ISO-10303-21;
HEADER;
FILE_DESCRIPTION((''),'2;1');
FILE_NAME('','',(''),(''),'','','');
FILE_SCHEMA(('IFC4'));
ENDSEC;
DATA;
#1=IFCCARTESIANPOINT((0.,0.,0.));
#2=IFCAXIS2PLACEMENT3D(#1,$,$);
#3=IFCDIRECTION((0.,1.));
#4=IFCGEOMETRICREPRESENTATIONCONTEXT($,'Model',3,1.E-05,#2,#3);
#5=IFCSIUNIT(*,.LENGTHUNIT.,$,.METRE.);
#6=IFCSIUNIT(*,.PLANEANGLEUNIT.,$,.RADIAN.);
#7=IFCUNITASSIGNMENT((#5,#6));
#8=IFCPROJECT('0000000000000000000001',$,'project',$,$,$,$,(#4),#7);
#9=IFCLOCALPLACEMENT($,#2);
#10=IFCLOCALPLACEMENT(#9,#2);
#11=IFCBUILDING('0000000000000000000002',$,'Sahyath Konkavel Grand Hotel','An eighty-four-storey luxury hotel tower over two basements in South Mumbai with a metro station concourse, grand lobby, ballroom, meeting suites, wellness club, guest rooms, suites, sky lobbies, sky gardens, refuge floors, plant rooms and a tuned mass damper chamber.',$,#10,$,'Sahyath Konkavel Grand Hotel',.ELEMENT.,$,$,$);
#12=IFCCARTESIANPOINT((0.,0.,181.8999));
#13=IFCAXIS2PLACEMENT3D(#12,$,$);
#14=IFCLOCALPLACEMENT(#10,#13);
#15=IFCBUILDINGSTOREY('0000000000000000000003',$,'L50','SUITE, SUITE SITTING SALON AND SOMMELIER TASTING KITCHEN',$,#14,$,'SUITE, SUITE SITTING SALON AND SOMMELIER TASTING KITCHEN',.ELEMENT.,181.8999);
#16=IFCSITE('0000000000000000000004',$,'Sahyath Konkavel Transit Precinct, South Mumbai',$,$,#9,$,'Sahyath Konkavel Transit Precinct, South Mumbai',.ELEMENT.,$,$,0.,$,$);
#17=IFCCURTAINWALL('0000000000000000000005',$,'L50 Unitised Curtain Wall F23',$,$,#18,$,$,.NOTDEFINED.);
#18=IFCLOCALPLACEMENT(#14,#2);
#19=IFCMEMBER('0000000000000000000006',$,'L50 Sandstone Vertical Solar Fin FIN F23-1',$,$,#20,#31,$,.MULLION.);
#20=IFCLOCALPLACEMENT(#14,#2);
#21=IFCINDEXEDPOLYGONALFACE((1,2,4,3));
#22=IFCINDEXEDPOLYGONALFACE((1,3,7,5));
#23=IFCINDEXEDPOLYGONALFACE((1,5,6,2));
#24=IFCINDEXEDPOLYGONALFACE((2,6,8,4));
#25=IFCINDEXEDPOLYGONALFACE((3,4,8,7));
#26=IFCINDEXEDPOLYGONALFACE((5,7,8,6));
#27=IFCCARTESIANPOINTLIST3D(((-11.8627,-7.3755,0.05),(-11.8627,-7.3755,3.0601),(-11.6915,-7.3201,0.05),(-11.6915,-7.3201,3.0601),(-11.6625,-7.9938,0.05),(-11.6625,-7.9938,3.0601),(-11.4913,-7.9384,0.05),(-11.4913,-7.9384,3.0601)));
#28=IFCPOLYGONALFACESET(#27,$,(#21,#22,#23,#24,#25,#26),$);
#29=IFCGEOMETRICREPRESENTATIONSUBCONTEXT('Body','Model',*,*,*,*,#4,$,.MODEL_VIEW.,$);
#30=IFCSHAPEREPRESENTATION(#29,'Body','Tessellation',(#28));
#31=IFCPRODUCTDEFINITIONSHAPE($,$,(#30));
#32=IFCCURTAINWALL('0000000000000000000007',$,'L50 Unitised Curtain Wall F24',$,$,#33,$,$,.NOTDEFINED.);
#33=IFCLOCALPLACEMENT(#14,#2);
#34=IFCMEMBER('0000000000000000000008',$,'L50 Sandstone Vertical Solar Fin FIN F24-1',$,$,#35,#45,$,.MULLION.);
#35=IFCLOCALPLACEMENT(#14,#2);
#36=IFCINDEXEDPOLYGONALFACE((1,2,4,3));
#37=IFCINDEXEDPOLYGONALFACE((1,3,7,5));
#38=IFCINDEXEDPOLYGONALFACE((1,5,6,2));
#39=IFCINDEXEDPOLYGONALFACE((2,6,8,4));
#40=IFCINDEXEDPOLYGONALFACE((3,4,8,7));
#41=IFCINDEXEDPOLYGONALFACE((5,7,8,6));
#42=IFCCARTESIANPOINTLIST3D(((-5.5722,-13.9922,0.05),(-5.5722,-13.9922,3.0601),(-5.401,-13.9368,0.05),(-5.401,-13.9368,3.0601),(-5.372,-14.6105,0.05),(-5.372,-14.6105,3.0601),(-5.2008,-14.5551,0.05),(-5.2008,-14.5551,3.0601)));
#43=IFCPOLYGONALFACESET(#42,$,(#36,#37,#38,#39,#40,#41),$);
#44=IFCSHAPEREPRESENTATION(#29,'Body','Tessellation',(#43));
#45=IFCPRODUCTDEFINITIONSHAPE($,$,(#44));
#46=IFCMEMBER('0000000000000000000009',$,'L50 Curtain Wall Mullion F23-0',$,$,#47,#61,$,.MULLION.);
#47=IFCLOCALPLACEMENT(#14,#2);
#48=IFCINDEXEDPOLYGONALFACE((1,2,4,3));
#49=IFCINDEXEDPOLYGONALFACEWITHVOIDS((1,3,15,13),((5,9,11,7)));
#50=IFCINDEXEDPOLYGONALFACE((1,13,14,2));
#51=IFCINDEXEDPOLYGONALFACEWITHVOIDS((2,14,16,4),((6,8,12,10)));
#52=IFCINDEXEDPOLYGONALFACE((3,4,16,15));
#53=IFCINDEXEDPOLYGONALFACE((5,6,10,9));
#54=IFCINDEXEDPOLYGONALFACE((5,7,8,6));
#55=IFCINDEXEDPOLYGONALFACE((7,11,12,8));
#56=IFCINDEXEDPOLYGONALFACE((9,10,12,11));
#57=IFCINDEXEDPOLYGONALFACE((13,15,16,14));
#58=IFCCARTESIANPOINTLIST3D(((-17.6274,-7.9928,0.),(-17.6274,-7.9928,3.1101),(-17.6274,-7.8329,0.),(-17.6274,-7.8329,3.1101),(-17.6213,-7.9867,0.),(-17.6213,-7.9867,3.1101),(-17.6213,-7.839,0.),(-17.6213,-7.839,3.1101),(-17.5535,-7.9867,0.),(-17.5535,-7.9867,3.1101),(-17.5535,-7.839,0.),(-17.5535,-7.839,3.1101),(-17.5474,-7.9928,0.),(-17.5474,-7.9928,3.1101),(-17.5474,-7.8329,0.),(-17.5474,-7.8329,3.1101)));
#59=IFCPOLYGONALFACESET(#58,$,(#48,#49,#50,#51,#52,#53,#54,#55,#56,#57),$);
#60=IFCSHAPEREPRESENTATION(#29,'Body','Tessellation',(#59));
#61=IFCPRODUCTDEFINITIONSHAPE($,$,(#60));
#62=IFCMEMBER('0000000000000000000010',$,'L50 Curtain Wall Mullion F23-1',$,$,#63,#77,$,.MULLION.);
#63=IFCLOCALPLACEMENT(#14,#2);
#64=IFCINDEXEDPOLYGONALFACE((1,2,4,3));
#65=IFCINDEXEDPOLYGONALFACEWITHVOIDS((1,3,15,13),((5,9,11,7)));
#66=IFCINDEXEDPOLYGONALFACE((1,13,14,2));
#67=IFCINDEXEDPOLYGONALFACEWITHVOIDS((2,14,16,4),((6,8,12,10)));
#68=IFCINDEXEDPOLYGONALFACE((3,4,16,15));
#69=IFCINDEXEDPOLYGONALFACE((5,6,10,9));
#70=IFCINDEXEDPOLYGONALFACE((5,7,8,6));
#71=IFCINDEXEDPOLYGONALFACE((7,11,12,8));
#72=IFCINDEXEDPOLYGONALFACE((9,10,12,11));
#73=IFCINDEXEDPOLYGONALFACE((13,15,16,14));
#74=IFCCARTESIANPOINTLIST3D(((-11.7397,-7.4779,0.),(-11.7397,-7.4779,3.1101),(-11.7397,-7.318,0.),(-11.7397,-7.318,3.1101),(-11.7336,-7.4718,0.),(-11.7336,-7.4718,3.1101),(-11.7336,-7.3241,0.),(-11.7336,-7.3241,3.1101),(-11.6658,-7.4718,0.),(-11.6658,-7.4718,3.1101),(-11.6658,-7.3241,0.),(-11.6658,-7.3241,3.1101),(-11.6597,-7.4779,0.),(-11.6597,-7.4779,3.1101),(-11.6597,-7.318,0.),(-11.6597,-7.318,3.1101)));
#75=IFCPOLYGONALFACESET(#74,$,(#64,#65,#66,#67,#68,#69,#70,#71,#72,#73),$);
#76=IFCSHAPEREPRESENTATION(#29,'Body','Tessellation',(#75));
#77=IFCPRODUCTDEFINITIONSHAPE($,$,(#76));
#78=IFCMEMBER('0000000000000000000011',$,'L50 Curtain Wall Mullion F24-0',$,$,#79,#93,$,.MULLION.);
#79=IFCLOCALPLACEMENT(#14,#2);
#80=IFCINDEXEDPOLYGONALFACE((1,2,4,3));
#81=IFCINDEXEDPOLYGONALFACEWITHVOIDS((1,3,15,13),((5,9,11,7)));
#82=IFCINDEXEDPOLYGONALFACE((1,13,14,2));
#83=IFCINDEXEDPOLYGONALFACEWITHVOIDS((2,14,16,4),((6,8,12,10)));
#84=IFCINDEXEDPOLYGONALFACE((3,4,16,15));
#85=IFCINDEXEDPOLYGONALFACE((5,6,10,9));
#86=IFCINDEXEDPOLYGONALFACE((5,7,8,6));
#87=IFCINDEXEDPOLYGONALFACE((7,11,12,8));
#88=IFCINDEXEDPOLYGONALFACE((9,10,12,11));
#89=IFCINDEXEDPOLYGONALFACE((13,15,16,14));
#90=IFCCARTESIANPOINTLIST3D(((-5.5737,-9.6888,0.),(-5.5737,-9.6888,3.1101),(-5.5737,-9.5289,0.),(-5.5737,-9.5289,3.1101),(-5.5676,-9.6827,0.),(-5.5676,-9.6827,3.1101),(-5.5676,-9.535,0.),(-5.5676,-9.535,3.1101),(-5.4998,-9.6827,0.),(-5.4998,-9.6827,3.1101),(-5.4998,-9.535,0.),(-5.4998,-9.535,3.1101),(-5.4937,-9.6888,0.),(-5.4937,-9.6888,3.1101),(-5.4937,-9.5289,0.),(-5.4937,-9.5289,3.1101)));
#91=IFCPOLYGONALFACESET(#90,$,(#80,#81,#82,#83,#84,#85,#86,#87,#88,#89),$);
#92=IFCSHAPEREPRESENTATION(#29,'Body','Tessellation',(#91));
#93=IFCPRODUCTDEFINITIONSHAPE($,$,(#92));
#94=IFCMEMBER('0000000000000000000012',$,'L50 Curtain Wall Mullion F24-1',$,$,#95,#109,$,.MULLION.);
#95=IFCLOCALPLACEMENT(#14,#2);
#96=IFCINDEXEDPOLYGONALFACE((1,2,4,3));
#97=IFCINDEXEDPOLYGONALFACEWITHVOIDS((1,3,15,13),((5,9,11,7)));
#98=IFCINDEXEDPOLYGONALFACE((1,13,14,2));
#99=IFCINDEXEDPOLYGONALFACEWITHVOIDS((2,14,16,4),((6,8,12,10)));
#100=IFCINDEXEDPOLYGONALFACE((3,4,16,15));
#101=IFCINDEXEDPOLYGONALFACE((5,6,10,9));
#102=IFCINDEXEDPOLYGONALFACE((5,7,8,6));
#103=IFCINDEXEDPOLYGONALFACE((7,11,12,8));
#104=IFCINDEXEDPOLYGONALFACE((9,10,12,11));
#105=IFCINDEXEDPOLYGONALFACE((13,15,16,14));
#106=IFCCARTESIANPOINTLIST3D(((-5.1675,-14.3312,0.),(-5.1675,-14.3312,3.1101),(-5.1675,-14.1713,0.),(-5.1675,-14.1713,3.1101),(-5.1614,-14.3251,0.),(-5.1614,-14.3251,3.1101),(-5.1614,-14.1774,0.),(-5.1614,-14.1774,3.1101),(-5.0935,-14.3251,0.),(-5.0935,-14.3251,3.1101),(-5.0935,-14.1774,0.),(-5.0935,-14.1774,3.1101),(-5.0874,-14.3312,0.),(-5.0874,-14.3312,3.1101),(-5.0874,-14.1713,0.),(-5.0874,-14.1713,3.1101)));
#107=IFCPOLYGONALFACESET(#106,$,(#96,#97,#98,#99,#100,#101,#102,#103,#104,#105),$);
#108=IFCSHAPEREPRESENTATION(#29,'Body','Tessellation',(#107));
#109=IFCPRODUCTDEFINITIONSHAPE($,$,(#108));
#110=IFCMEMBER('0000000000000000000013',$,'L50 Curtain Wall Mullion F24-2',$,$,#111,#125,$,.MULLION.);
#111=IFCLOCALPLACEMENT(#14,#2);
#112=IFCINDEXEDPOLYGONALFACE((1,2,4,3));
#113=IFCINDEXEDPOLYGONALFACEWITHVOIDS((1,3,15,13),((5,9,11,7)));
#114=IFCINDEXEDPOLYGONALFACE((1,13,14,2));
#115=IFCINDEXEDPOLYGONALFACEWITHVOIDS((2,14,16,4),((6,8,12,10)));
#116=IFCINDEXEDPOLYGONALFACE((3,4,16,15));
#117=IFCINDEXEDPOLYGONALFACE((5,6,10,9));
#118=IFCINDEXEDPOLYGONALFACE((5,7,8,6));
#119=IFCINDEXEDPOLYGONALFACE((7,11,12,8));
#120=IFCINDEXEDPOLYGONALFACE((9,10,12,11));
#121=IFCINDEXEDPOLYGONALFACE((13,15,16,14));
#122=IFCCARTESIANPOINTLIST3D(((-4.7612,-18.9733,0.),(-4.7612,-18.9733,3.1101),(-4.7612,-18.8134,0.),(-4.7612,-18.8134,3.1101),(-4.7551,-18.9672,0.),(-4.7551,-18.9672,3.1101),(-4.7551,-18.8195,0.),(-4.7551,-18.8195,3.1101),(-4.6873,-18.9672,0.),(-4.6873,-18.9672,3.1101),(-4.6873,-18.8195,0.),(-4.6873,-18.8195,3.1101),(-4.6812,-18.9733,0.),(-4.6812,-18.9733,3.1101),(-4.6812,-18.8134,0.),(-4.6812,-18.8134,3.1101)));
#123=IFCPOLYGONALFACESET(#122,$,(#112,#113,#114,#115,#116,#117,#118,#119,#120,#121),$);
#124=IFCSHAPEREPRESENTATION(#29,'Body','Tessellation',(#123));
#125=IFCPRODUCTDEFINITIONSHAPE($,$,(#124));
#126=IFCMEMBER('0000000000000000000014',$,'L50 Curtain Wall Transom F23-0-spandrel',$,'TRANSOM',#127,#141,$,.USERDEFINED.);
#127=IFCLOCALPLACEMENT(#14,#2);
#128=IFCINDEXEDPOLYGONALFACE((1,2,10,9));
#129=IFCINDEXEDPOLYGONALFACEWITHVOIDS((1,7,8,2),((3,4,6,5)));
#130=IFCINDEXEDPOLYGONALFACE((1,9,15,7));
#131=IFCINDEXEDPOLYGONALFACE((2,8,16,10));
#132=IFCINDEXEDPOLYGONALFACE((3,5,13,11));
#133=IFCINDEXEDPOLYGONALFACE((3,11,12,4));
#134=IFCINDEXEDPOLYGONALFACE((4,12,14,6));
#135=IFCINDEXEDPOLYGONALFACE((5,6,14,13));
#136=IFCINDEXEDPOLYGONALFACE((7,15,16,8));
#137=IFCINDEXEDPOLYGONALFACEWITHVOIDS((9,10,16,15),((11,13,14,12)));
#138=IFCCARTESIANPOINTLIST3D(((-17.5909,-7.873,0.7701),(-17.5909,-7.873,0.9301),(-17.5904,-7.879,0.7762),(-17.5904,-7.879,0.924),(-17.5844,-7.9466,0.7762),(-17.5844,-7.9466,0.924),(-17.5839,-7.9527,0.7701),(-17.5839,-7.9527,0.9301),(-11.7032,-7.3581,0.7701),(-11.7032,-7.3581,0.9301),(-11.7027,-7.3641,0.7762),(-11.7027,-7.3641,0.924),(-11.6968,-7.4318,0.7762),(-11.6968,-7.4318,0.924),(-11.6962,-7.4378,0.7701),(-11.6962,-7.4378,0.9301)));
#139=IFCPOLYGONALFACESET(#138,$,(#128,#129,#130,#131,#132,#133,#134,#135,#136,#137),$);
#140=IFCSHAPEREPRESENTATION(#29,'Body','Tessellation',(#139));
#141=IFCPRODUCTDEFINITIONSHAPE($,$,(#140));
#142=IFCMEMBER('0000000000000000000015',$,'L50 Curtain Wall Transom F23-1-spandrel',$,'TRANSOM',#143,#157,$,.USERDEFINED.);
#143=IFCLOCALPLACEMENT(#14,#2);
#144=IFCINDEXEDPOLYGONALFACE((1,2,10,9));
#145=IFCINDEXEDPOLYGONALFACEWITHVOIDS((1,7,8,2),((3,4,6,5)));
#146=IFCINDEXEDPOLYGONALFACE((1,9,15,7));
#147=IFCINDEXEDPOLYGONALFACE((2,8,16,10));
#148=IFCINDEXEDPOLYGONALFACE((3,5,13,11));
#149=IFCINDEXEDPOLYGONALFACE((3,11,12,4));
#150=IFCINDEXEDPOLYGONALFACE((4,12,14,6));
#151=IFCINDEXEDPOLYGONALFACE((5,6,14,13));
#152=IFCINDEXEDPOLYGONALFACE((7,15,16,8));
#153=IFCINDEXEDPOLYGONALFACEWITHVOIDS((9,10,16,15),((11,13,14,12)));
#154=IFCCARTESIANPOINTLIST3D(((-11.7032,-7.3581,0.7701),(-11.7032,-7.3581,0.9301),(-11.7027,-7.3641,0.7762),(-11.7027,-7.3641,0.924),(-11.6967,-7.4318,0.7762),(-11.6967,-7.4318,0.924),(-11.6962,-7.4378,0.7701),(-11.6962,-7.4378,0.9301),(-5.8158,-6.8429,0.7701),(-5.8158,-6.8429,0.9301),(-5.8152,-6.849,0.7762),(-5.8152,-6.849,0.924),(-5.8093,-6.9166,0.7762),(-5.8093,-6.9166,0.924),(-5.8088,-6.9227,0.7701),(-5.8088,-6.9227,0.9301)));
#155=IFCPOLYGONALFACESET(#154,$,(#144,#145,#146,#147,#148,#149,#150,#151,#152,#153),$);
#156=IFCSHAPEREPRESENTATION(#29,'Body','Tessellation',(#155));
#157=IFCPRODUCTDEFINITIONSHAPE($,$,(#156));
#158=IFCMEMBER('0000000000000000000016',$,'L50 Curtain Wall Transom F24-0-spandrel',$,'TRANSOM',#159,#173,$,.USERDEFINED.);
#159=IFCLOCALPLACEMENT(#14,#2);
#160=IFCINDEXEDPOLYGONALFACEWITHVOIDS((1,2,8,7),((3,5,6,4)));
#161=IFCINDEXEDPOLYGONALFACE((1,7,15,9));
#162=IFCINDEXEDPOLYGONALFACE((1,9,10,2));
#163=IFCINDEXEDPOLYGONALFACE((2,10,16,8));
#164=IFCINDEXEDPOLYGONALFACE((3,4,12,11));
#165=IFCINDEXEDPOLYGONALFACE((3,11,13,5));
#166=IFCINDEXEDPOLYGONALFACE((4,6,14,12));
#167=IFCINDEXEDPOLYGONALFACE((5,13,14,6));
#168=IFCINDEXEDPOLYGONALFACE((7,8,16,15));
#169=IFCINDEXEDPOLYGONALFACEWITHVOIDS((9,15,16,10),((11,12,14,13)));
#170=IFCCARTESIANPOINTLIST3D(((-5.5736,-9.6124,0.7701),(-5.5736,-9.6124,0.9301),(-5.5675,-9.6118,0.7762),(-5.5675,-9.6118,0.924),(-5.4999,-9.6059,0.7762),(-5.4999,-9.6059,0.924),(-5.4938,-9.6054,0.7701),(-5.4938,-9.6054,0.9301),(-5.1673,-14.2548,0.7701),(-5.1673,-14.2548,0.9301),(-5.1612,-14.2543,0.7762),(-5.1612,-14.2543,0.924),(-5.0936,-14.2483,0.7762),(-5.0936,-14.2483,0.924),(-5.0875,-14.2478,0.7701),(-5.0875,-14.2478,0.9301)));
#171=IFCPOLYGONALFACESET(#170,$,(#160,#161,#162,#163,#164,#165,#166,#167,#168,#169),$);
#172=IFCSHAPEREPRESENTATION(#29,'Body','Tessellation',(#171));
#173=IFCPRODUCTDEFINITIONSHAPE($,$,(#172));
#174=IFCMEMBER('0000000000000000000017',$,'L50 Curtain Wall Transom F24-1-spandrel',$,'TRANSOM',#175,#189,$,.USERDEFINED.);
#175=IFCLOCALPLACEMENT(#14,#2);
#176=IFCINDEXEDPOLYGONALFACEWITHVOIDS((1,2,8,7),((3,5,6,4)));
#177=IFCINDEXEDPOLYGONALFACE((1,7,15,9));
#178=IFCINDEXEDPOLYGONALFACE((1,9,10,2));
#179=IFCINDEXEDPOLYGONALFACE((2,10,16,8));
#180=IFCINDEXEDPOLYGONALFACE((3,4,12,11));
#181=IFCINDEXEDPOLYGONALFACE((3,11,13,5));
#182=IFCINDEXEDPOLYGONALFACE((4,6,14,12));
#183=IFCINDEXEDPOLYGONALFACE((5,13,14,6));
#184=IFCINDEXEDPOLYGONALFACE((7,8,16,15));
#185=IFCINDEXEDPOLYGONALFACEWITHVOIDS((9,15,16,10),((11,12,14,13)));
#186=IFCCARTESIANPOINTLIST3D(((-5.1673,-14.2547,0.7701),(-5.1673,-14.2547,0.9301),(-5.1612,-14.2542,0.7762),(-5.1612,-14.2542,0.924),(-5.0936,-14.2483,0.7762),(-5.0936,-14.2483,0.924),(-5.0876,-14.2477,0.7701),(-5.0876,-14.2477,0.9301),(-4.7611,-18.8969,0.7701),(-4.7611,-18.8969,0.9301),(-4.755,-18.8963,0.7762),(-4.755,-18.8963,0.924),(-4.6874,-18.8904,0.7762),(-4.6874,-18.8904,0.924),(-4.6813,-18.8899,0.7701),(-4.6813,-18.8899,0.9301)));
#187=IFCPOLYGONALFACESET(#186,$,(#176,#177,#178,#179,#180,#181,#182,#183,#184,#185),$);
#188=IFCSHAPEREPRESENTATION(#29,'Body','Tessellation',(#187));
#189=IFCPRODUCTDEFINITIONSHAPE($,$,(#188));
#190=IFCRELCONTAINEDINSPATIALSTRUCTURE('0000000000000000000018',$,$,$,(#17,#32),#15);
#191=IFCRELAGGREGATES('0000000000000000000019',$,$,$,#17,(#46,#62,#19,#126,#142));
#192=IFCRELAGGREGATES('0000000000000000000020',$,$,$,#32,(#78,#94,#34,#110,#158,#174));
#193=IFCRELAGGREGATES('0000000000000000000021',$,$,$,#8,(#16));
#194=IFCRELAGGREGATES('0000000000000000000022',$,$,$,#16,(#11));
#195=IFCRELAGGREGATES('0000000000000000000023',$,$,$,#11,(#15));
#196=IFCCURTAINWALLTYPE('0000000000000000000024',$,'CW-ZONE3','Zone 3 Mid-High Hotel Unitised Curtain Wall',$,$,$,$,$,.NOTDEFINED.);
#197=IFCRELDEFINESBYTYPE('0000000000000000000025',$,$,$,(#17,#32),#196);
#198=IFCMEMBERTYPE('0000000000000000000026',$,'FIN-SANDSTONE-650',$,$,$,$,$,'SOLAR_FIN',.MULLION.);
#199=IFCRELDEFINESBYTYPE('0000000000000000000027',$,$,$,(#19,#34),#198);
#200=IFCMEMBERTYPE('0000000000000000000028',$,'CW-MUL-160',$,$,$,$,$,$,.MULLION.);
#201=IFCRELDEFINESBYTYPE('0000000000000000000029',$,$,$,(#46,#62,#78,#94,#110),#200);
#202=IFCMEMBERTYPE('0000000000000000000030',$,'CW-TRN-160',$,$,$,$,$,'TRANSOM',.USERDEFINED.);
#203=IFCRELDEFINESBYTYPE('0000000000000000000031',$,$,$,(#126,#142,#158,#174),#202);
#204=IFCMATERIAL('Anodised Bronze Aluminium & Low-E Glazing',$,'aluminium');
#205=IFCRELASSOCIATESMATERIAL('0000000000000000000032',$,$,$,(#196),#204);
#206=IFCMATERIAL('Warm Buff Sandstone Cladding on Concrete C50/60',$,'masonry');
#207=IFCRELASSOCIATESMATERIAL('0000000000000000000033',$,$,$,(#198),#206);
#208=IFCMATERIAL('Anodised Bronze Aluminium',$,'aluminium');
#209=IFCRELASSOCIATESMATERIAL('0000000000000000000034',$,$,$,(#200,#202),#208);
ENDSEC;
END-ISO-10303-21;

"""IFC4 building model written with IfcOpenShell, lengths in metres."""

from ifc_helpers import new_model, si_unit, direction, frame, origin, origin_2d, place, context, subcontext, project, spatial, rectangle, hollow_rectangle, extrude, source, transform, mapped, material, material_profile, profile_set, type_object, element, aggregate, save


model = new_model("IFC4")

# Units and contexts
model_context = context("Model", 3, precision=1e-05, world=origin(), true_north=direction((0.0, 1.0)))
body_context = subcontext(model_context, "Body", "Model", "MODEL_VIEW")
ifc_project = project(units=[si_unit("LENGTHUNIT", "METRE"), si_unit("PLANEANGLEUNIT", "RADIAN")], contexts=[model_context])

# Site, building, storey
site_placement = place(None, origin())
site = spatial("IfcSite", under=ifc_project, at=site_placement, Name="Sahyath Konkavel Transit Precinct, South Mumbai", LongName="Sahyath Konkavel Transit Precinct, South Mumbai", CompositionType="ELEMENT", RefElevation=0.0)
building_placement = place(site_placement, origin())
building = spatial("IfcBuilding", under=site, at=building_placement, Name="Sahyath Konkavel Grand Hotel", Description="An eighty-four-storey luxury hotel tower over two basements in South Mumbai with a metro station concourse, grand lobby, ballroom, meeting suites, wellness club, guest rooms, suites, sky lobbies, sky gardens, refuge floors, plant rooms and a tuned mass damper chamber.", LongName="Sahyath Konkavel Grand Hotel", CompositionType="ELEMENT")
storey_placement = place(building_placement, frame((0.0, 0.0, 181.8999)))
storey = spatial("IfcBuildingStorey", under=building, at=storey_placement, Name="L50", Description="SUITE, SUITE SITTING SALON AND SOMMELIER TASTING KITCHEN", LongName="SUITE, SUITE SITTING SALON AND SOMMELIER TASTING KITCHEN", CompositionType="ELEMENT", Elevation=181.8999)

# Curtain walls, members
ifc_material_1 = material(Name="Anodised Bronze Aluminium & Low-E Glazing", Category="aluminium")
curtain_wall_type = type_object("IfcCurtainWallType", Name="CW-ZONE3", Description="Zone 3 Mid-High Hotel Unitised Curtain Wall", PredefinedType="NOTDEFINED", material=ifc_material_1)
curtain_wall_1_placement = place(storey_placement, origin())
curtain_wall_1 = element("IfcCurtainWall", 1, at=curtain_wall_1_placement, inside=storey, type_object=curtain_wall_type, Name="L50 Unitised Curtain Wall F23", PredefinedType="NOTDEFINED")
ifc_material_2 = material(Name="Warm Buff Sandstone Cladding on Concrete C50/60", Category="masonry")
ifc_material_profile_1 = material_profile(ifc_material_2, rectangle(XDim=0.1799, YDim=0.6499, at=origin_2d()), Name="FIN 180x650")
ifc_profile_set_1 = profile_set([ifc_material_profile_1], Name="Warm Buff Sandstone Cladding on Concrete C50/60")
member_type_1 = type_object("IfcMemberType", Name="FIN-SANDSTONE-650", ElementType="SOLAR_FIN", PredefinedType="MULLION", material=ifc_profile_set_1)
shared_shape_1 = source(origin(), body_context, "Body", "SweptSolid", [
    extrude(rectangle(XDim=0.1799, YDim=0.6499, at=origin_2d()), origin(), (0.0, 0.0, 1.0), 3.01),
])
member_1_placement = place(storey_placement, frame((-11.677, -7.657, 0.05), z_axis=(0.0, 0.0, 1.0), x_axis=(0.95138, 0.308021, 0.0)))
member_1 = element("IfcMember", 2, at=member_1_placement, type_object=member_type_1, Name="L50 Sandstone Vertical Solar Fin FIN F23-1", PredefinedType="MULLION", context=body_context, shape_type="MappedRepresentation", body=[
    mapped(shared_shape_1, transform((0.0, 0.0, 0.0), scale=1.0)),
])
curtain_wall_2_placement = place(storey_placement, origin())
curtain_wall_2 = element("IfcCurtainWall", 3, at=curtain_wall_2_placement, inside=storey, type_object=curtain_wall_type, Name="L50 Unitised Curtain Wall F24", PredefinedType="NOTDEFINED")
member_2_placement = place(storey_placement, frame((-5.3865, -14.2737, 0.05), z_axis=(0.0, 0.0, 1.0), x_axis=(0.95138, 0.308021, 0.0)))
member_2 = element("IfcMember", 4, at=member_2_placement, type_object=member_type_1, Name="L50 Sandstone Vertical Solar Fin FIN F24-1", PredefinedType="MULLION", context=body_context, shape_type="MappedRepresentation", body=[
    mapped(shared_shape_1, transform((0.0, 0.0, 0.0), scale=1.0)),
])

# Members
ifc_material_3 = material(Name="Anodised Bronze Aluminium", Category="aluminium")
ifc_material_profile_2 = material_profile(ifc_material_3, hollow_rectangle(XDim=0.0801, YDim=0.1599, WallThickness=0.0061, at=origin_2d()), Name="RHS 160x80x6")
ifc_profile_set_2 = profile_set([ifc_material_profile_2], Name="Anodised Bronze Aluminium")
member_type_2 = type_object("IfcMemberType", Name="CW-MUL-160", PredefinedType="MULLION", material=ifc_profile_set_2)
shared_shape_2 = source(origin(), body_context, "Body", "SweptSolid", [
    extrude(hollow_rectangle(XDim=0.0801, YDim=0.1599, WallThickness=0.0061, at=origin_2d()), origin(), (0.0, 0.0, 1.0), 3.1101),
])
member_3_placement = place(storey_placement, frame((-17.5874, -7.9128, 0.0), z_axis=(0.0, 0.0, 1.0), x_axis=(1.0, 0.0, 0.0)))
member_3 = element("IfcMember", 5, at=member_3_placement, type_object=member_type_2, Name="L50 Curtain Wall Mullion F23-0", PredefinedType="MULLION", context=body_context, shape_type="MappedRepresentation", body=[
    mapped(shared_shape_2, transform((0.0, 0.0, 0.0), scale=1.0)),
])
member_4_placement = place(storey_placement, frame((-11.6997, -7.3979, 0.0), z_axis=(0.0, 0.0, 1.0), x_axis=(1.0, 0.0, 0.0)))
member_4 = element("IfcMember", 6, at=member_4_placement, type_object=member_type_2, Name="L50 Curtain Wall Mullion F23-1", PredefinedType="MULLION", context=body_context, shape_type="MappedRepresentation", body=[
    mapped(shared_shape_2, transform((0.0, 0.0, 0.0), scale=1.0)),
])
member_5_placement = place(storey_placement, frame((-5.5337, -9.6089, 0.0), z_axis=(0.0, 0.0, 1.0), x_axis=(1.0, 0.0, 0.0)))
member_5 = element("IfcMember", 7, at=member_5_placement, type_object=member_type_2, Name="L50 Curtain Wall Mullion F24-0", PredefinedType="MULLION", context=body_context, shape_type="MappedRepresentation", body=[
    mapped(shared_shape_2, transform((0.0, 0.0, 0.0), scale=1.0)),
])
member_6_placement = place(storey_placement, frame((-5.1274, -14.2512, 0.0), z_axis=(0.0, 0.0, 1.0), x_axis=(1.0, 0.0, 0.0)))
member_6 = element("IfcMember", 8, at=member_6_placement, type_object=member_type_2, Name="L50 Curtain Wall Mullion F24-1", PredefinedType="MULLION", context=body_context, shape_type="MappedRepresentation", body=[
    mapped(shared_shape_2, transform((0.0, 0.0, 0.0), scale=1.0)),
])
member_7_placement = place(storey_placement, frame((-4.7212, -18.8933, 0.0), z_axis=(0.0, 0.0, 1.0), x_axis=(1.0, 0.0, 0.0)))
member_7 = element("IfcMember", 9, at=member_7_placement, type_object=member_type_2, Name="L50 Curtain Wall Mullion F24-2", PredefinedType="MULLION", context=body_context, shape_type="MappedRepresentation", body=[
    mapped(shared_shape_2, transform((0.0, 0.0, 0.0), scale=1.0)),
])
ifc_material_profile_3 = material_profile(ifc_material_3, hollow_rectangle(XDim=0.0801, YDim=0.1599, WallThickness=0.0061, at=origin_2d()), Name="RHS 160x80x6")
ifc_profile_set_3 = profile_set([ifc_material_profile_3], Name="Anodised Bronze Aluminium")
member_type_3 = type_object("IfcMemberType", Name="CW-TRN-160", ElementType="TRANSOM", PredefinedType="USERDEFINED", material=ifc_profile_set_3)
shared_shape_3 = source(origin(), body_context, "Body", "SweptSolid", [
    extrude(hollow_rectangle(XDim=0.0801, YDim=0.1599, WallThickness=0.0061, at=origin_2d()), origin(), (0.0, 0.0, 1.0), 5.9102),
])
member_8_placement = place(storey_placement, frame((-17.5874, -7.9128, 0.8501), z_axis=(0.996198, 0.08712, 0.0), x_axis=(-0.08712, 0.996198, 0.0)))
member_8 = element("IfcMember", 10, at=member_8_placement, type_object=member_type_3, Name="L50 Curtain Wall Transom F23-0-spandrel", ObjectType="TRANSOM", PredefinedType="USERDEFINED", context=body_context, shape_type="MappedRepresentation", body=[
    mapped(shared_shape_3, transform((0.0, 0.0, 0.0), scale=1.0)),
])
shared_shape_4 = source(origin(), body_context, "Body", "SweptSolid", [
    extrude(hollow_rectangle(XDim=0.0801, YDim=0.1599, WallThickness=0.0061, at=origin_2d()), origin(), (0.0, 0.0, 1.0), 5.9099),
])
member_9_placement = place(storey_placement, frame((-11.6997, -7.3979, 0.8501), z_axis=(0.996194, 0.087164, 0.0), x_axis=(-0.087164, 0.996194, 0.0)))
member_9 = element("IfcMember", 11, at=member_9_placement, type_object=member_type_3, Name="L50 Curtain Wall Transom F23-1-spandrel", ObjectType="TRANSOM", PredefinedType="USERDEFINED", context=body_context, shape_type="MappedRepresentation", body=[
    mapped(shared_shape_4, transform((0.0, 0.0, 0.0), scale=1.0)),
])
shared_shape_5 = source(origin(), body_context, "Body", "SweptSolid", [
    extrude(hollow_rectangle(XDim=0.0801, YDim=0.1599, WallThickness=0.0061, at=origin_2d()), origin(), (0.0, 0.0, 1.0), 4.6602),
])
member_10_placement = place(storey_placement, frame((-5.5337, -9.6089, 0.8501), z_axis=(0.087177, -0.996193, 0.0), x_axis=(0.996193, 0.087177, 0.0)))
member_10 = element("IfcMember", 12, at=member_10_placement, type_object=member_type_3, Name="L50 Curtain Wall Transom F24-0-spandrel", ObjectType="TRANSOM", PredefinedType="USERDEFINED", context=body_context, shape_type="MappedRepresentation", body=[
    mapped(shared_shape_5, transform((0.0, 0.0, 0.0), scale=1.0)),
])
shared_shape_6 = source(origin(), body_context, "Body", "SweptSolid", [
    extrude(hollow_rectangle(XDim=0.0801, YDim=0.1599, WallThickness=0.0061, at=origin_2d()), origin(), (0.0, 0.0, 1.0), 4.6599),
])
member_11_placement = place(storey_placement, frame((-5.1274, -14.2512, 0.8501), z_axis=(0.087181, -0.996192, 0.0), x_axis=(0.996192, 0.087181, 0.0)))
member_11 = element("IfcMember", 13, at=member_11_placement, type_object=member_type_3, Name="L50 Curtain Wall Transom F24-1-spandrel", ObjectType="TRANSOM", PredefinedType="USERDEFINED", context=body_context, shape_type="MappedRepresentation", body=[
    mapped(shared_shape_6, transform((0.0, 0.0, 0.0), scale=1.0)),
])

aggregate(curtain_wall_1, [member_3, member_4, member_1, member_8, member_9])
aggregate(curtain_wall_2, [member_5, member_6, member_2, member_7, member_10, member_11])

save(model, "model.ifc")
